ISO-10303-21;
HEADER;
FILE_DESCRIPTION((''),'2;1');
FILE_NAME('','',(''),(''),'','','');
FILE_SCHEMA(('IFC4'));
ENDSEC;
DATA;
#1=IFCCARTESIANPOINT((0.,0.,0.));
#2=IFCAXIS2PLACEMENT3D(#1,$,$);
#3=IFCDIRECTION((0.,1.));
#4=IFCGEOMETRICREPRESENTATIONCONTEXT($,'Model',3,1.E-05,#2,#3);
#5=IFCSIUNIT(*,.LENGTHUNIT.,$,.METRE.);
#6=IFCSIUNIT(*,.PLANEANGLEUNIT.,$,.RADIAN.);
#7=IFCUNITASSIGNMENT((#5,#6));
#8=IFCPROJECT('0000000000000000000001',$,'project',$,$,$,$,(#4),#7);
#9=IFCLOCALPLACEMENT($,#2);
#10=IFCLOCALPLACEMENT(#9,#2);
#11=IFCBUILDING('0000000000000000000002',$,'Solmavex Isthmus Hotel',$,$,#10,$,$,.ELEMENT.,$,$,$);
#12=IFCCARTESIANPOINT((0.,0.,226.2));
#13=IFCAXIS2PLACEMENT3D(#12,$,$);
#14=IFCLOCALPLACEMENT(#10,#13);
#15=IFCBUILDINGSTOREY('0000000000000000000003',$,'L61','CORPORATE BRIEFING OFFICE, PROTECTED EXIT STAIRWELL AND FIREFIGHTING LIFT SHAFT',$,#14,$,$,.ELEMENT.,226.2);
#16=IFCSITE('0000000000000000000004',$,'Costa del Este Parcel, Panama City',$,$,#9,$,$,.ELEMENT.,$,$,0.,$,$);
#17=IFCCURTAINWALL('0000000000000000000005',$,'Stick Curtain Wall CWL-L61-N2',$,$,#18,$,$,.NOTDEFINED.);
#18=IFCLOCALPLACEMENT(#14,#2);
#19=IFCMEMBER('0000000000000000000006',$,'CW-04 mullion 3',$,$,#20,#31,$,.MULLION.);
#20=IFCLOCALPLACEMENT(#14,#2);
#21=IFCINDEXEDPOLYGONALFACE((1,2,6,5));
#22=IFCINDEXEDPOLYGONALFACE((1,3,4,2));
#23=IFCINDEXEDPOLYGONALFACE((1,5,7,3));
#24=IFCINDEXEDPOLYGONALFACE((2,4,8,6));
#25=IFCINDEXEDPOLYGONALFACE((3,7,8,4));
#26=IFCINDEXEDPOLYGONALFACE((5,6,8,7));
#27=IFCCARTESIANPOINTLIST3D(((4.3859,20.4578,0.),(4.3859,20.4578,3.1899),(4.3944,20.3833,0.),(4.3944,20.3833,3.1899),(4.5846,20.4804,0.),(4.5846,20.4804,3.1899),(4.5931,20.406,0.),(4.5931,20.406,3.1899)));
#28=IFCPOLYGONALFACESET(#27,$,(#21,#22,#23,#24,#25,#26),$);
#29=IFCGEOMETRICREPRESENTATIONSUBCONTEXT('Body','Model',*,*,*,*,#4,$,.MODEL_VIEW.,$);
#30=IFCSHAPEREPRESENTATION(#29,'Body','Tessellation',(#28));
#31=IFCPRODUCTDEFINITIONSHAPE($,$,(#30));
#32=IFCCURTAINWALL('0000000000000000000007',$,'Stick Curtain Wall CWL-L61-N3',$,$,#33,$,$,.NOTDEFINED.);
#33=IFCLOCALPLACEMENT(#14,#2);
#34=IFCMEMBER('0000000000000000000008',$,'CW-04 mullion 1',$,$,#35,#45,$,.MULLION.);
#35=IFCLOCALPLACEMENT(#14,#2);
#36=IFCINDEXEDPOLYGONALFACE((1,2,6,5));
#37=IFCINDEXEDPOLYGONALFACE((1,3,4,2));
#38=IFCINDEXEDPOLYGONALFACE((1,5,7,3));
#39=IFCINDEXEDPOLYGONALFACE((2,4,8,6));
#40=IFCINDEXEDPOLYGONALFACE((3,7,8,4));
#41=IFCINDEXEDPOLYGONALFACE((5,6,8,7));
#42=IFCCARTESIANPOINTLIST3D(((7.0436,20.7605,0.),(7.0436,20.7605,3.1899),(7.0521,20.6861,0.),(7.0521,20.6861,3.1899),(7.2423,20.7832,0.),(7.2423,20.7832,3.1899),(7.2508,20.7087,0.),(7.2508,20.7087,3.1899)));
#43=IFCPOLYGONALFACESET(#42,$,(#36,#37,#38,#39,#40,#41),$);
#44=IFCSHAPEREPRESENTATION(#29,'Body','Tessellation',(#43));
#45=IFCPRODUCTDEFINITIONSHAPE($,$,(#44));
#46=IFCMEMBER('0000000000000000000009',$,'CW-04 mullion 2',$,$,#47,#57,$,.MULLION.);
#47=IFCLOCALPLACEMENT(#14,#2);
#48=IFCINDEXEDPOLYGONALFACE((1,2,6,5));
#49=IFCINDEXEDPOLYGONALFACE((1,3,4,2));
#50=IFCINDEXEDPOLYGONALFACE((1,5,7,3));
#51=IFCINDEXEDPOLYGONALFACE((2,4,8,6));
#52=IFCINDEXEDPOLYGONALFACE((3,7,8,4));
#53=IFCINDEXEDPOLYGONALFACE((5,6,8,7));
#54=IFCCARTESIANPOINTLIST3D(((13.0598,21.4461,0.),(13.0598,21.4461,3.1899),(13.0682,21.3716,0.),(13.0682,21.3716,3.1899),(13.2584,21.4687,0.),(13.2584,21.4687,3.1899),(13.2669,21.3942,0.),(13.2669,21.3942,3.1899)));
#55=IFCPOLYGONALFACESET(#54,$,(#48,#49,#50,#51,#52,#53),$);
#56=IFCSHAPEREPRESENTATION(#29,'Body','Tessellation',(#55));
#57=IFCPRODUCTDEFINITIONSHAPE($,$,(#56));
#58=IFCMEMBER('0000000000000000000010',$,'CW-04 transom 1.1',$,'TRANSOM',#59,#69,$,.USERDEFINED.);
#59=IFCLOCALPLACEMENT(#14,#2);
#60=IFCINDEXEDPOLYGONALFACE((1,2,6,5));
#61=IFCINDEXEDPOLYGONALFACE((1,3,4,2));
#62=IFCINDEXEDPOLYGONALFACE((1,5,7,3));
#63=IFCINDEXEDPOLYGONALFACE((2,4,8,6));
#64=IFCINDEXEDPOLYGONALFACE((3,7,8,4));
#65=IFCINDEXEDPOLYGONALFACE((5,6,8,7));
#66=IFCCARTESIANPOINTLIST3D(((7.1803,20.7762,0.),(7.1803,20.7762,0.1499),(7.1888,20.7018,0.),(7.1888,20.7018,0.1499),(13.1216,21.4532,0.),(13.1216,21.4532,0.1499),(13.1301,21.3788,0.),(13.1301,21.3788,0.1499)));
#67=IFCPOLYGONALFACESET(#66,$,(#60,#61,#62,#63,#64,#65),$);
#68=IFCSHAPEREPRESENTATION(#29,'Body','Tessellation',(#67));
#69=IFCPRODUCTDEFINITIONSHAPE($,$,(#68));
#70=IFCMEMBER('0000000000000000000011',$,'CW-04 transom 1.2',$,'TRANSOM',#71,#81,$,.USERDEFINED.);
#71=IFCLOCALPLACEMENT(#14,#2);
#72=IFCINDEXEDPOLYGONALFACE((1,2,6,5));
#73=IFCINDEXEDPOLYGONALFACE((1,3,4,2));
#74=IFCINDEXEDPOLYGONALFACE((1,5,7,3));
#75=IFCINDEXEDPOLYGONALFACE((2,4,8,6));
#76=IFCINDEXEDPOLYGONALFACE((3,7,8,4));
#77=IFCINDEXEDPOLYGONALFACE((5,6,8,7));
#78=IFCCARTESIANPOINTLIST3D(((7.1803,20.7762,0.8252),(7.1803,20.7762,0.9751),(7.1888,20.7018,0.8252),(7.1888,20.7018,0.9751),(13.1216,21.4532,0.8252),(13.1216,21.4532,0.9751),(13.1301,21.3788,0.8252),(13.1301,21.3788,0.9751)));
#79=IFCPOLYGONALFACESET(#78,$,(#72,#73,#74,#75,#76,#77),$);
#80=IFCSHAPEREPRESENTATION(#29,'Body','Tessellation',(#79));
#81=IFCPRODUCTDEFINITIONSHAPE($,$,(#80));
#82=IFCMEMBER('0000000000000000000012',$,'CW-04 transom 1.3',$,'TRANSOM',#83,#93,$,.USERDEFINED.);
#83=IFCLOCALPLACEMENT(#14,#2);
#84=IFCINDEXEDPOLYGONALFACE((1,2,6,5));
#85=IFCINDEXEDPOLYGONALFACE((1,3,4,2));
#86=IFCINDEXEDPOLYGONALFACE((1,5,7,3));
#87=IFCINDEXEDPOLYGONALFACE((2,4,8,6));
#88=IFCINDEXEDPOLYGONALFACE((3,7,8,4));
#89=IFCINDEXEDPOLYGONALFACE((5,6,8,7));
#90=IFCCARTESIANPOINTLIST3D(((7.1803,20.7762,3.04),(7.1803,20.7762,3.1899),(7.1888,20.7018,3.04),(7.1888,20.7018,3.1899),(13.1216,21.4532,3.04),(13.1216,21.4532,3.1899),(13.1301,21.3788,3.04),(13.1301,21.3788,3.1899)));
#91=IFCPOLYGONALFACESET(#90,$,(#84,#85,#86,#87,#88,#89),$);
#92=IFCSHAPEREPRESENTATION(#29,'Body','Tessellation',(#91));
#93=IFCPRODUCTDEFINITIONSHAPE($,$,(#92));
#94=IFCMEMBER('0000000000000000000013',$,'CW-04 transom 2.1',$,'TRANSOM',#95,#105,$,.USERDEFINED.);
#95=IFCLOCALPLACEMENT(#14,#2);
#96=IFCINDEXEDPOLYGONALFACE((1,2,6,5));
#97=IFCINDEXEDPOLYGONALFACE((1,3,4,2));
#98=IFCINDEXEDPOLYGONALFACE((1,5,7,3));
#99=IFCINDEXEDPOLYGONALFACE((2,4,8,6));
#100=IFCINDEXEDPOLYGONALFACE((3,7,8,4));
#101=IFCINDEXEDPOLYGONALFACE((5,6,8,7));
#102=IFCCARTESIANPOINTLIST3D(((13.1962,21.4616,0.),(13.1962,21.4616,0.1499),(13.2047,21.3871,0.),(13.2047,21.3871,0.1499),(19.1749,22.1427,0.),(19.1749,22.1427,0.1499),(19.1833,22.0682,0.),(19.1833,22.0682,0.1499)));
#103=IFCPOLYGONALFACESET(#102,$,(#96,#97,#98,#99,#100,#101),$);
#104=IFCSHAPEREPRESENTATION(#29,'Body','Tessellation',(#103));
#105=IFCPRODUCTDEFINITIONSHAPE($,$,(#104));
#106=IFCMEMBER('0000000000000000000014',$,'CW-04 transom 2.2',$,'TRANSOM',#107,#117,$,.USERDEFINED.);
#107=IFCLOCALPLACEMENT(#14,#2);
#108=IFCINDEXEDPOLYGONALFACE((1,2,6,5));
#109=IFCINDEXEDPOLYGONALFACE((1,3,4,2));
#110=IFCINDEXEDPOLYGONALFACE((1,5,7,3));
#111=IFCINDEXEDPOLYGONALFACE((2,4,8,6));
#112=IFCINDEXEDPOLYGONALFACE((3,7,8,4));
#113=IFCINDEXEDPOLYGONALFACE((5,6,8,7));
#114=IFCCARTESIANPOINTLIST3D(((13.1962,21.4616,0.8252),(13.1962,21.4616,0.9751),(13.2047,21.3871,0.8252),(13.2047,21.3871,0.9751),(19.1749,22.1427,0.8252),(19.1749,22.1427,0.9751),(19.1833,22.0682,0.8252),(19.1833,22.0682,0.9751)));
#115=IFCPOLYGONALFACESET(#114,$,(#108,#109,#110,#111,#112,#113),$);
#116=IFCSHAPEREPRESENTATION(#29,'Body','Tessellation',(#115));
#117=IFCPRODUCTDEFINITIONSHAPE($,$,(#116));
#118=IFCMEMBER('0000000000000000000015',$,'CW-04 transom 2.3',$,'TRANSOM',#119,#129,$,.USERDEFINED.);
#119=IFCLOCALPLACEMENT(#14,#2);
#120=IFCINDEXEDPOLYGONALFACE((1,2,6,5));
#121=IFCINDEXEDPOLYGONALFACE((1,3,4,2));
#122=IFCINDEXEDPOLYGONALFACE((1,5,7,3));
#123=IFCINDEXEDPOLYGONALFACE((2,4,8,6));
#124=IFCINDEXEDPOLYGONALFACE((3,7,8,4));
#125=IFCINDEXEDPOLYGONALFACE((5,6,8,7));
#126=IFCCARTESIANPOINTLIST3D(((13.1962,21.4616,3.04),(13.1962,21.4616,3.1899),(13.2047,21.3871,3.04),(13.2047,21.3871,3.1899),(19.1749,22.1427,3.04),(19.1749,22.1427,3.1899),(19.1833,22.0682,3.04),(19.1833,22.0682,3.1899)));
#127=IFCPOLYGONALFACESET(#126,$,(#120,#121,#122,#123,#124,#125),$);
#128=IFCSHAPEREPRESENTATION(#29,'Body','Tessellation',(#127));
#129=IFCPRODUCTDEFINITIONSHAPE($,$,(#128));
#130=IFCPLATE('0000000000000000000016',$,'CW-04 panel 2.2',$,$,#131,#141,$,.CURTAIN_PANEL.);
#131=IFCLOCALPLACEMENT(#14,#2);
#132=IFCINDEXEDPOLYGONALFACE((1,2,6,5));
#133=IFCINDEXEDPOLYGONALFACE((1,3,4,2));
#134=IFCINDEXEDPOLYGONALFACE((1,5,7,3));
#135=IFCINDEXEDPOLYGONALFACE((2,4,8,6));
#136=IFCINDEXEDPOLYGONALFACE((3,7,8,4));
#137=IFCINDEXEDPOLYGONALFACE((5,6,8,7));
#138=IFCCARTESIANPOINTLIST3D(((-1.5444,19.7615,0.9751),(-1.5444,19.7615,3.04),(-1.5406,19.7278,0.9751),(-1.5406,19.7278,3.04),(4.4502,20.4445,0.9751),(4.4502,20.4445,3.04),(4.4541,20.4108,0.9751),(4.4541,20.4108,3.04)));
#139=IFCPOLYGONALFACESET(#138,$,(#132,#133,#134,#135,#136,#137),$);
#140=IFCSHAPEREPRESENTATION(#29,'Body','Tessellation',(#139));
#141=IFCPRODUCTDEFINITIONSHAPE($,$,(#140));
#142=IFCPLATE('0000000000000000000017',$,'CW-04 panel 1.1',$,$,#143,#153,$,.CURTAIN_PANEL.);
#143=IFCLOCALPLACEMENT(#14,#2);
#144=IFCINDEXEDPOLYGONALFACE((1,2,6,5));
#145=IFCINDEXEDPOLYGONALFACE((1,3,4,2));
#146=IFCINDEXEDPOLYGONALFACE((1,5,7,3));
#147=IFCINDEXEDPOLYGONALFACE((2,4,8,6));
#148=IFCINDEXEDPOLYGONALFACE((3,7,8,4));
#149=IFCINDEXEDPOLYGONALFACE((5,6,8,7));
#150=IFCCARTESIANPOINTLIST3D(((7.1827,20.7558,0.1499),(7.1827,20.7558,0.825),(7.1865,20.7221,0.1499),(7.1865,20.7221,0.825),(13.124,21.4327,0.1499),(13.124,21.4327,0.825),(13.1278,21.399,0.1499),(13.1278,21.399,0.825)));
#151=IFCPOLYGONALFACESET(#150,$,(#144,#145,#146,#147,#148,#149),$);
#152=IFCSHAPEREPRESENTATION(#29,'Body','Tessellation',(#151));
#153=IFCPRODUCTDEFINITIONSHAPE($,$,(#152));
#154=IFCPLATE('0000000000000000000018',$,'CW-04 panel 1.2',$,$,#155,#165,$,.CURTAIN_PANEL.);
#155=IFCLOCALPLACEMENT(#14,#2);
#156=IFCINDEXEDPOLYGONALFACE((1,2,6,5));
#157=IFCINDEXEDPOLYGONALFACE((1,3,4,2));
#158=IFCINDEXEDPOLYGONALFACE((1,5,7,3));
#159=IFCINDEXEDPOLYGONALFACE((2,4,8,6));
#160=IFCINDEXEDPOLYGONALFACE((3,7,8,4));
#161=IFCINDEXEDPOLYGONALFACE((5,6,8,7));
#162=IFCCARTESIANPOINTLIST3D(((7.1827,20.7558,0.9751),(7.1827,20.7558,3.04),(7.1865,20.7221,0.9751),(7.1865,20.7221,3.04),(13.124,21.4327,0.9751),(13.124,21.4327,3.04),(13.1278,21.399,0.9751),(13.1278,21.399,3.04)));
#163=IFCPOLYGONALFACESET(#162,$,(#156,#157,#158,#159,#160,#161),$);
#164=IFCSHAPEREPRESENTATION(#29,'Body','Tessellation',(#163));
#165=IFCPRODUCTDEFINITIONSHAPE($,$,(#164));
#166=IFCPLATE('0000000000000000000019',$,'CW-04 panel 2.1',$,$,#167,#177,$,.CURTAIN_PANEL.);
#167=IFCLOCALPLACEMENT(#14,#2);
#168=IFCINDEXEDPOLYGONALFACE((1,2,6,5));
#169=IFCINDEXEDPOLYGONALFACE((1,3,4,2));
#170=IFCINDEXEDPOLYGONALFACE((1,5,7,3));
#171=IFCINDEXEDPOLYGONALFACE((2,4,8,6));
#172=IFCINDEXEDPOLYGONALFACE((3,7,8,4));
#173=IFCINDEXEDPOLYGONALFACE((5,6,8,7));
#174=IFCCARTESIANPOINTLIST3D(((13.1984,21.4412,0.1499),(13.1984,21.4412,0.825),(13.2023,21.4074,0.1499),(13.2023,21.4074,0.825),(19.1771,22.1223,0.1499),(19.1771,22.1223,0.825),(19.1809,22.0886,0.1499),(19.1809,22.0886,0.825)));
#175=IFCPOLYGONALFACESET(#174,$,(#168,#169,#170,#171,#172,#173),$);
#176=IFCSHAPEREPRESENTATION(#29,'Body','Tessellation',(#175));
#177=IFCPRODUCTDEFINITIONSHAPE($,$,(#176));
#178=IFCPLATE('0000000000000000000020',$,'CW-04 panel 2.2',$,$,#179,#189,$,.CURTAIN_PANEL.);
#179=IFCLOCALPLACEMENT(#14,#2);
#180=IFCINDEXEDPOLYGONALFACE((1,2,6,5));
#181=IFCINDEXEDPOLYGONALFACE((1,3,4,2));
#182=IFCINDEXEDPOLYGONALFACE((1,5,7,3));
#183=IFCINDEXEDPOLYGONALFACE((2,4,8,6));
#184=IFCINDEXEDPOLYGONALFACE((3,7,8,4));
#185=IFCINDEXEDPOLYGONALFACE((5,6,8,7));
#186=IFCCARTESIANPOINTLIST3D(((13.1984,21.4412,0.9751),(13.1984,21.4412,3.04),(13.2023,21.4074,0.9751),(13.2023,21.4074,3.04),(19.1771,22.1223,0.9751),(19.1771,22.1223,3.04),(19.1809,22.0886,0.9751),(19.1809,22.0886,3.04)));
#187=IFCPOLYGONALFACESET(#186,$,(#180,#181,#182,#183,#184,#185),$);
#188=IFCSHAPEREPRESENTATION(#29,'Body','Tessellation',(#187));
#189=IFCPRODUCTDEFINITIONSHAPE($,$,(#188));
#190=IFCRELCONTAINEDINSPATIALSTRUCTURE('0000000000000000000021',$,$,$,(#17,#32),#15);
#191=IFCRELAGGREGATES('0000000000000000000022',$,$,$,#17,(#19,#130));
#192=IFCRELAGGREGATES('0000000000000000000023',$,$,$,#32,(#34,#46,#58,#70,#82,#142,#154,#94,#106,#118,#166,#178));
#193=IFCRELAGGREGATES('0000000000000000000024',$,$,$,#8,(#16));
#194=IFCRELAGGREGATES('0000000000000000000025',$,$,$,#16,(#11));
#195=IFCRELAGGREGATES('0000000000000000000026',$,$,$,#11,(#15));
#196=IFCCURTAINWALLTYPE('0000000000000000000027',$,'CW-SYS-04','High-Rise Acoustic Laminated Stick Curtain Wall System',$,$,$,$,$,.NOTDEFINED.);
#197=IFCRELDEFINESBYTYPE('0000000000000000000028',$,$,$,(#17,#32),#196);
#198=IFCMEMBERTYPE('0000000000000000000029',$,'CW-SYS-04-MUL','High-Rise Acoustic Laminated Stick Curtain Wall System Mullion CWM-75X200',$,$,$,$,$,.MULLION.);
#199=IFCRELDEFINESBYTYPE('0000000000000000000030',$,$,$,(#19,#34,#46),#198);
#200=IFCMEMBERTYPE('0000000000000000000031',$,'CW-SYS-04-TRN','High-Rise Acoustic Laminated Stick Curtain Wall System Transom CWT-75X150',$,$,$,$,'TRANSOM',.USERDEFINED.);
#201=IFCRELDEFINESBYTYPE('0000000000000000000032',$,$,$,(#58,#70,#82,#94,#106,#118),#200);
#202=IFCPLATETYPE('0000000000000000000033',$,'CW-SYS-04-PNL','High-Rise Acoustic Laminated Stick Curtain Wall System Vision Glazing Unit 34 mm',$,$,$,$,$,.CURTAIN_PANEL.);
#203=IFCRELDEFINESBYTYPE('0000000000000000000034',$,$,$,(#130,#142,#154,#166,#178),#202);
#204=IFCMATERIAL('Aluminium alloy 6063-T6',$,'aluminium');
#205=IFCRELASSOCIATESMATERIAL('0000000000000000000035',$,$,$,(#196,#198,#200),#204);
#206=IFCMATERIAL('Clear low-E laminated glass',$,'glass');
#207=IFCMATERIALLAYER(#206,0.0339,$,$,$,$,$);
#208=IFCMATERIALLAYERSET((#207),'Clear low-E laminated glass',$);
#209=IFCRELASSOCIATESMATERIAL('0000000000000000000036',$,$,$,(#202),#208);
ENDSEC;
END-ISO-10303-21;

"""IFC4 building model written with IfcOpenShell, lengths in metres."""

from ifc_helpers import new_model, si_unit, direction, frame, origin, origin_2d, place, context, subcontext, project, spatial, rectangle, extrude, material, layer, layer_set, material_profile, profile_set, type_object, element, aggregate, save


model = new_model("IFC4")

# Units and contexts
model_context = context("Model", 3, precision=1e-05, world=origin(), true_north=direction((0.0, 1.0)))
body_context = subcontext(model_context, "Body", "Model", "MODEL_VIEW")
ifc_project = project(units=[si_unit("LENGTHUNIT", "METRE"), si_unit("PLANEANGLEUNIT", "RADIAN")], contexts=[model_context])

# Site, building, storey
site_placement = place(None, origin())
site = spatial("IfcSite", under=ifc_project, at=site_placement, Name="Costa del Este Parcel, Panama City", CompositionType="ELEMENT", RefElevation=0.0)
building_placement = place(site_placement, origin())
building = spatial("IfcBuilding", under=site, at=building_placement, Name="Solmavex Isthmus Hotel", CompositionType="ELEMENT")
storey_placement = place(building_placement, frame((0.0, 0.0, 226.2)))
storey = spatial("IfcBuildingStorey", under=building, at=storey_placement, Name="L61", Description="CORPORATE BRIEFING OFFICE, PROTECTED EXIT STAIRWELL AND FIREFIGHTING LIFT SHAFT", CompositionType="ELEMENT", Elevation=226.2)

# Curtain wall, member
ifc_material_1 = material(Name="Aluminium alloy 6063-T6", Category="aluminium")
curtain_wall_type = type_object("IfcCurtainWallType", Name="CW-SYS-04", Description="High-Rise Acoustic Laminated Stick Curtain Wall System", PredefinedType="NOTDEFINED", material=ifc_material_1)
curtain_wall_1_placement = place(storey_placement, origin())
curtain_wall_1 = element("IfcCurtainWall", 1, at=curtain_wall_1_placement, inside=storey, type_object=curtain_wall_type, Name="Stick Curtain Wall CWL-L61-N2", PredefinedType="NOTDEFINED")
ifc_material_profile_1 = material_profile(ifc_material_1, rectangle(XDim=0.075, YDim=0.2, at=origin_2d()), Name="CWM-75X200")
ifc_profile_set_1 = profile_set([ifc_material_profile_1], Name="Aluminium alloy 6063-T6")
member_type_1 = type_object("IfcMemberType", Name="CW-SYS-04-MUL", Description="High-Rise Acoustic Laminated Stick Curtain Wall System Mullion CWM-75X200", PredefinedType="MULLION", material=ifc_profile_set_1)
member_1_placement = place(storey_placement, frame((4.4895, 20.4319, 0.0), z_axis=(0.0, 0.0, 1.0), x_axis=(-0.113203, 0.993572, 0.0)))
member_1 = element("IfcMember", 2, at=member_1_placement, type_object=member_type_1, Name="CW-04 mullion 3", PredefinedType="MULLION", context=body_context, shape_type="SweptSolid", body=[
    extrude(rectangle(XDim=0.075, YDim=0.2, at=origin_2d()), origin(), (0.0, 0.0, 1.0), 3.1899),
])

# Curtain wall, members
curtain_wall_2_placement = place(storey_placement, origin())
curtain_wall_2 = element("IfcCurtainWall", 3, at=curtain_wall_2_placement, inside=storey, type_object=curtain_wall_type, Name="Stick Curtain Wall CWL-L61-N3", PredefinedType="NOTDEFINED")
member_2_placement = place(storey_placement, frame((7.1472, 20.7346, 0.0), z_axis=(0.0, 0.0, 1.0), x_axis=(-0.113203, 0.993572, 0.0)))
member_2 = element("IfcMember", 4, at=member_2_placement, type_object=member_type_1, Name="CW-04 mullion 1", PredefinedType="MULLION", context=body_context, shape_type="SweptSolid", body=[
    extrude(rectangle(XDim=0.075, YDim=0.2, at=origin_2d()), origin(), (0.0, 0.0, 1.0), 3.1899),
])
member_3_placement = place(storey_placement, frame((13.1633, 21.4202, 0.0), z_axis=(0.0, 0.0, 1.0), x_axis=(-0.113203, 0.993572, 0.0)))
member_3 = element("IfcMember", 5, at=member_3_placement, type_object=member_type_1, Name="CW-04 mullion 2", PredefinedType="MULLION", context=body_context, shape_type="SweptSolid", body=[
    extrude(rectangle(XDim=0.075, YDim=0.2, at=origin_2d()), origin(), (0.0, 0.0, 1.0), 3.1899),
])
ifc_material_profile_2 = material_profile(ifc_material_1, rectangle(XDim=0.075, YDim=0.1499, at=origin_2d()), Name="CWT-75X150")
ifc_profile_set_2 = profile_set([ifc_material_profile_2], Name="Aluminium alloy 6063-T6")
member_type_2 = type_object("IfcMemberType", Name="CW-SYS-04-TRN", Description="High-Rise Acoustic Laminated Stick Curtain Wall System Transom CWT-75X150", ElementType="TRANSOM", PredefinedType="USERDEFINED", material=ifc_profile_set_2)
member_4_placement = place(storey_placement, frame((7.1846, 20.739, 0.075), z_axis=(0.993571, 0.113214, 0.0), x_axis=(-0.113214, 0.993571, 0.0)))
member_4 = element("IfcMember", 6, at=member_4_placement, type_object=member_type_2, Name="CW-04 transom 1.1", ObjectType="TRANSOM", PredefinedType="USERDEFINED", context=body_context, shape_type="SweptSolid", body=[
    extrude(rectangle(XDim=0.075, YDim=0.1499, at=origin_2d()), origin(), (0.0, 0.0, 1.0), 5.9797),
])
member_5_placement = place(storey_placement, frame((7.1846, 20.739, 0.9001), z_axis=(0.993571, 0.113214, 0.0), x_axis=(-0.113214, 0.993571, 0.0)))
member_5 = element("IfcMember", 7, at=member_5_placement, type_object=member_type_2, Name="CW-04 transom 1.2", ObjectType="TRANSOM", PredefinedType="USERDEFINED", context=body_context, shape_type="SweptSolid", body=[
    extrude(rectangle(XDim=0.075, YDim=0.1499, at=origin_2d()), origin(), (0.0, 0.0, 1.0), 5.9797),
])
member_6_placement = place(storey_placement, frame((7.1846, 20.739, 3.115), z_axis=(0.993571, 0.113214, 0.0), x_axis=(-0.113214, 0.993571, 0.0)))
member_6 = element("IfcMember", 8, at=member_6_placement, type_object=member_type_2, Name="CW-04 transom 1.3", ObjectType="TRANSOM", PredefinedType="USERDEFINED", context=body_context, shape_type="SweptSolid", body=[
    extrude(rectangle(XDim=0.075, YDim=0.1499, at=origin_2d()), origin(), (0.0, 0.0, 1.0), 5.9797),
])
member_7_placement = place(storey_placement, frame((13.2004, 21.4243, 0.075), z_axis=(0.993573, 0.113196, 0.0), x_axis=(-0.113196, 0.993573, 0.0)))
member_7 = element("IfcMember", 9, at=member_7_placement, type_object=member_type_2, Name="CW-04 transom 2.1", ObjectType="TRANSOM", PredefinedType="USERDEFINED", context=body_context, shape_type="SweptSolid", body=[
    extrude(rectangle(XDim=0.075, YDim=0.1499, at=origin_2d()), origin(), (0.0, 0.0, 1.0), 6.0173),
])
member_8_placement = place(storey_placement, frame((13.2004, 21.4243, 0.9001), z_axis=(0.993573, 0.113196, 0.0), x_axis=(-0.113196, 0.993573, 0.0)))
member_8 = element("IfcMember", 10, at=member_8_placement, type_object=member_type_2, Name="CW-04 transom 2.2", ObjectType="TRANSOM", PredefinedType="USERDEFINED", context=body_context, shape_type="SweptSolid", body=[
    extrude(rectangle(XDim=0.075, YDim=0.1499, at=origin_2d()), origin(), (0.0, 0.0, 1.0), 6.0173),
])
member_9_placement = place(storey_placement, frame((13.2004, 21.4243, 3.115), z_axis=(0.993573, 0.113196, 0.0), x_axis=(-0.113196, 0.993573, 0.0)))
member_9 = element("IfcMember", 11, at=member_9_placement, type_object=member_type_2, Name="CW-04 transom 2.3", ObjectType="TRANSOM", PredefinedType="USERDEFINED", context=body_context, shape_type="SweptSolid", body=[
    extrude(rectangle(XDim=0.075, YDim=0.1499, at=origin_2d()), origin(), (0.0, 0.0, 1.0), 6.0173),
])

# Plates
ifc_material_2 = material(Name="Clear low-E laminated glass", Category="glass")
ifc_layer_1 = layer(ifc_material_2, 0.0339)
ifc_layer_set_1 = layer_set([ifc_layer_1], Name="Clear low-E laminated glass")
plate_type = type_object("IfcPlateType", Name="CW-SYS-04-PNL", Description="High-Rise Acoustic Laminated Stick Curtain Wall System Vision Glazing Unit 34 mm", PredefinedType="CURTAIN_PANEL", material=ifc_layer_set_1)
plate_1_placement = place(storey_placement, frame((1.4548, 20.0862, 0.9751), z_axis=(0.0, 0.0, 1.0), x_axis=(0.993572, 0.113203, 0.0)))
plate_1 = element("IfcPlate", 12, at=plate_1_placement, type_object=plate_type, Name="CW-04 panel 2.2", PredefinedType="CURTAIN_PANEL", context=body_context, shape_type="SweptSolid", body=[
    extrude(rectangle(XDim=6.0334, YDim=0.0339, at=origin_2d()), origin(), (0.0, 0.0, 1.0), 2.0649),
])
aggregate(curtain_wall_1, [member_1, plate_1])
plate_2_placement = place(storey_placement, frame((10.1553, 21.0774, 0.1499), z_axis=(0.0, 0.0, 1.0), x_axis=(0.993572, 0.113203, 0.0)))
plate_2 = element("IfcPlate", 13, at=plate_2_placement, type_object=plate_type, Name="CW-04 panel 1.1", PredefinedType="CURTAIN_PANEL", context=body_context, shape_type="SweptSolid", body=[
    extrude(rectangle(XDim=5.9797, YDim=0.0339, at=origin_2d()), origin(), (0.0, 0.0, 1.0), 0.675),
])
plate_3_placement = place(storey_placement, frame((10.1553, 21.0774, 0.9751), z_axis=(0.0, 0.0, 1.0), x_axis=(0.993572, 0.113203, 0.0)))
plate_3 = element("IfcPlate", 14, at=plate_3_placement, type_object=plate_type, Name="CW-04 panel 1.2", PredefinedType="CURTAIN_PANEL", context=body_context, shape_type="SweptSolid", body=[
    extrude(rectangle(XDim=5.9797, YDim=0.0339, at=origin_2d()), origin(), (0.0, 0.0, 1.0), 2.0649),
])
plate_4_placement = place(storey_placement, frame((16.1897, 21.7649, 0.1499), z_axis=(0.0, 0.0, 1.0), x_axis=(0.993572, 0.113203, 0.0)))
plate_4 = element("IfcPlate", 15, at=plate_4_placement, type_object=plate_type, Name="CW-04 panel 2.1", PredefinedType="CURTAIN_PANEL", context=body_context, shape_type="SweptSolid", body=[
    extrude(rectangle(XDim=6.0173, YDim=0.0339, at=origin_2d()), origin(), (0.0, 0.0, 1.0), 0.675),
])
plate_5_placement = place(storey_placement, frame((16.1897, 21.7649, 0.9751), z_axis=(0.0, 0.0, 1.0), x_axis=(0.993572, 0.113203, 0.0)))
plate_5 = element("IfcPlate", 16, at=plate_5_placement, type_object=plate_type, Name="CW-04 panel 2.2", PredefinedType="CURTAIN_PANEL", context=body_context, shape_type="SweptSolid", body=[
    extrude(rectangle(XDim=6.0173, YDim=0.0339, at=origin_2d()), origin(), (0.0, 0.0, 1.0), 2.0649),
])
aggregate(curtain_wall_2, [member_2, member_3, member_4, member_5, member_6, plate_2, plate_3, member_7, member_8, member_9, plate_4, plate_5])

save(model, "model.ifc")
